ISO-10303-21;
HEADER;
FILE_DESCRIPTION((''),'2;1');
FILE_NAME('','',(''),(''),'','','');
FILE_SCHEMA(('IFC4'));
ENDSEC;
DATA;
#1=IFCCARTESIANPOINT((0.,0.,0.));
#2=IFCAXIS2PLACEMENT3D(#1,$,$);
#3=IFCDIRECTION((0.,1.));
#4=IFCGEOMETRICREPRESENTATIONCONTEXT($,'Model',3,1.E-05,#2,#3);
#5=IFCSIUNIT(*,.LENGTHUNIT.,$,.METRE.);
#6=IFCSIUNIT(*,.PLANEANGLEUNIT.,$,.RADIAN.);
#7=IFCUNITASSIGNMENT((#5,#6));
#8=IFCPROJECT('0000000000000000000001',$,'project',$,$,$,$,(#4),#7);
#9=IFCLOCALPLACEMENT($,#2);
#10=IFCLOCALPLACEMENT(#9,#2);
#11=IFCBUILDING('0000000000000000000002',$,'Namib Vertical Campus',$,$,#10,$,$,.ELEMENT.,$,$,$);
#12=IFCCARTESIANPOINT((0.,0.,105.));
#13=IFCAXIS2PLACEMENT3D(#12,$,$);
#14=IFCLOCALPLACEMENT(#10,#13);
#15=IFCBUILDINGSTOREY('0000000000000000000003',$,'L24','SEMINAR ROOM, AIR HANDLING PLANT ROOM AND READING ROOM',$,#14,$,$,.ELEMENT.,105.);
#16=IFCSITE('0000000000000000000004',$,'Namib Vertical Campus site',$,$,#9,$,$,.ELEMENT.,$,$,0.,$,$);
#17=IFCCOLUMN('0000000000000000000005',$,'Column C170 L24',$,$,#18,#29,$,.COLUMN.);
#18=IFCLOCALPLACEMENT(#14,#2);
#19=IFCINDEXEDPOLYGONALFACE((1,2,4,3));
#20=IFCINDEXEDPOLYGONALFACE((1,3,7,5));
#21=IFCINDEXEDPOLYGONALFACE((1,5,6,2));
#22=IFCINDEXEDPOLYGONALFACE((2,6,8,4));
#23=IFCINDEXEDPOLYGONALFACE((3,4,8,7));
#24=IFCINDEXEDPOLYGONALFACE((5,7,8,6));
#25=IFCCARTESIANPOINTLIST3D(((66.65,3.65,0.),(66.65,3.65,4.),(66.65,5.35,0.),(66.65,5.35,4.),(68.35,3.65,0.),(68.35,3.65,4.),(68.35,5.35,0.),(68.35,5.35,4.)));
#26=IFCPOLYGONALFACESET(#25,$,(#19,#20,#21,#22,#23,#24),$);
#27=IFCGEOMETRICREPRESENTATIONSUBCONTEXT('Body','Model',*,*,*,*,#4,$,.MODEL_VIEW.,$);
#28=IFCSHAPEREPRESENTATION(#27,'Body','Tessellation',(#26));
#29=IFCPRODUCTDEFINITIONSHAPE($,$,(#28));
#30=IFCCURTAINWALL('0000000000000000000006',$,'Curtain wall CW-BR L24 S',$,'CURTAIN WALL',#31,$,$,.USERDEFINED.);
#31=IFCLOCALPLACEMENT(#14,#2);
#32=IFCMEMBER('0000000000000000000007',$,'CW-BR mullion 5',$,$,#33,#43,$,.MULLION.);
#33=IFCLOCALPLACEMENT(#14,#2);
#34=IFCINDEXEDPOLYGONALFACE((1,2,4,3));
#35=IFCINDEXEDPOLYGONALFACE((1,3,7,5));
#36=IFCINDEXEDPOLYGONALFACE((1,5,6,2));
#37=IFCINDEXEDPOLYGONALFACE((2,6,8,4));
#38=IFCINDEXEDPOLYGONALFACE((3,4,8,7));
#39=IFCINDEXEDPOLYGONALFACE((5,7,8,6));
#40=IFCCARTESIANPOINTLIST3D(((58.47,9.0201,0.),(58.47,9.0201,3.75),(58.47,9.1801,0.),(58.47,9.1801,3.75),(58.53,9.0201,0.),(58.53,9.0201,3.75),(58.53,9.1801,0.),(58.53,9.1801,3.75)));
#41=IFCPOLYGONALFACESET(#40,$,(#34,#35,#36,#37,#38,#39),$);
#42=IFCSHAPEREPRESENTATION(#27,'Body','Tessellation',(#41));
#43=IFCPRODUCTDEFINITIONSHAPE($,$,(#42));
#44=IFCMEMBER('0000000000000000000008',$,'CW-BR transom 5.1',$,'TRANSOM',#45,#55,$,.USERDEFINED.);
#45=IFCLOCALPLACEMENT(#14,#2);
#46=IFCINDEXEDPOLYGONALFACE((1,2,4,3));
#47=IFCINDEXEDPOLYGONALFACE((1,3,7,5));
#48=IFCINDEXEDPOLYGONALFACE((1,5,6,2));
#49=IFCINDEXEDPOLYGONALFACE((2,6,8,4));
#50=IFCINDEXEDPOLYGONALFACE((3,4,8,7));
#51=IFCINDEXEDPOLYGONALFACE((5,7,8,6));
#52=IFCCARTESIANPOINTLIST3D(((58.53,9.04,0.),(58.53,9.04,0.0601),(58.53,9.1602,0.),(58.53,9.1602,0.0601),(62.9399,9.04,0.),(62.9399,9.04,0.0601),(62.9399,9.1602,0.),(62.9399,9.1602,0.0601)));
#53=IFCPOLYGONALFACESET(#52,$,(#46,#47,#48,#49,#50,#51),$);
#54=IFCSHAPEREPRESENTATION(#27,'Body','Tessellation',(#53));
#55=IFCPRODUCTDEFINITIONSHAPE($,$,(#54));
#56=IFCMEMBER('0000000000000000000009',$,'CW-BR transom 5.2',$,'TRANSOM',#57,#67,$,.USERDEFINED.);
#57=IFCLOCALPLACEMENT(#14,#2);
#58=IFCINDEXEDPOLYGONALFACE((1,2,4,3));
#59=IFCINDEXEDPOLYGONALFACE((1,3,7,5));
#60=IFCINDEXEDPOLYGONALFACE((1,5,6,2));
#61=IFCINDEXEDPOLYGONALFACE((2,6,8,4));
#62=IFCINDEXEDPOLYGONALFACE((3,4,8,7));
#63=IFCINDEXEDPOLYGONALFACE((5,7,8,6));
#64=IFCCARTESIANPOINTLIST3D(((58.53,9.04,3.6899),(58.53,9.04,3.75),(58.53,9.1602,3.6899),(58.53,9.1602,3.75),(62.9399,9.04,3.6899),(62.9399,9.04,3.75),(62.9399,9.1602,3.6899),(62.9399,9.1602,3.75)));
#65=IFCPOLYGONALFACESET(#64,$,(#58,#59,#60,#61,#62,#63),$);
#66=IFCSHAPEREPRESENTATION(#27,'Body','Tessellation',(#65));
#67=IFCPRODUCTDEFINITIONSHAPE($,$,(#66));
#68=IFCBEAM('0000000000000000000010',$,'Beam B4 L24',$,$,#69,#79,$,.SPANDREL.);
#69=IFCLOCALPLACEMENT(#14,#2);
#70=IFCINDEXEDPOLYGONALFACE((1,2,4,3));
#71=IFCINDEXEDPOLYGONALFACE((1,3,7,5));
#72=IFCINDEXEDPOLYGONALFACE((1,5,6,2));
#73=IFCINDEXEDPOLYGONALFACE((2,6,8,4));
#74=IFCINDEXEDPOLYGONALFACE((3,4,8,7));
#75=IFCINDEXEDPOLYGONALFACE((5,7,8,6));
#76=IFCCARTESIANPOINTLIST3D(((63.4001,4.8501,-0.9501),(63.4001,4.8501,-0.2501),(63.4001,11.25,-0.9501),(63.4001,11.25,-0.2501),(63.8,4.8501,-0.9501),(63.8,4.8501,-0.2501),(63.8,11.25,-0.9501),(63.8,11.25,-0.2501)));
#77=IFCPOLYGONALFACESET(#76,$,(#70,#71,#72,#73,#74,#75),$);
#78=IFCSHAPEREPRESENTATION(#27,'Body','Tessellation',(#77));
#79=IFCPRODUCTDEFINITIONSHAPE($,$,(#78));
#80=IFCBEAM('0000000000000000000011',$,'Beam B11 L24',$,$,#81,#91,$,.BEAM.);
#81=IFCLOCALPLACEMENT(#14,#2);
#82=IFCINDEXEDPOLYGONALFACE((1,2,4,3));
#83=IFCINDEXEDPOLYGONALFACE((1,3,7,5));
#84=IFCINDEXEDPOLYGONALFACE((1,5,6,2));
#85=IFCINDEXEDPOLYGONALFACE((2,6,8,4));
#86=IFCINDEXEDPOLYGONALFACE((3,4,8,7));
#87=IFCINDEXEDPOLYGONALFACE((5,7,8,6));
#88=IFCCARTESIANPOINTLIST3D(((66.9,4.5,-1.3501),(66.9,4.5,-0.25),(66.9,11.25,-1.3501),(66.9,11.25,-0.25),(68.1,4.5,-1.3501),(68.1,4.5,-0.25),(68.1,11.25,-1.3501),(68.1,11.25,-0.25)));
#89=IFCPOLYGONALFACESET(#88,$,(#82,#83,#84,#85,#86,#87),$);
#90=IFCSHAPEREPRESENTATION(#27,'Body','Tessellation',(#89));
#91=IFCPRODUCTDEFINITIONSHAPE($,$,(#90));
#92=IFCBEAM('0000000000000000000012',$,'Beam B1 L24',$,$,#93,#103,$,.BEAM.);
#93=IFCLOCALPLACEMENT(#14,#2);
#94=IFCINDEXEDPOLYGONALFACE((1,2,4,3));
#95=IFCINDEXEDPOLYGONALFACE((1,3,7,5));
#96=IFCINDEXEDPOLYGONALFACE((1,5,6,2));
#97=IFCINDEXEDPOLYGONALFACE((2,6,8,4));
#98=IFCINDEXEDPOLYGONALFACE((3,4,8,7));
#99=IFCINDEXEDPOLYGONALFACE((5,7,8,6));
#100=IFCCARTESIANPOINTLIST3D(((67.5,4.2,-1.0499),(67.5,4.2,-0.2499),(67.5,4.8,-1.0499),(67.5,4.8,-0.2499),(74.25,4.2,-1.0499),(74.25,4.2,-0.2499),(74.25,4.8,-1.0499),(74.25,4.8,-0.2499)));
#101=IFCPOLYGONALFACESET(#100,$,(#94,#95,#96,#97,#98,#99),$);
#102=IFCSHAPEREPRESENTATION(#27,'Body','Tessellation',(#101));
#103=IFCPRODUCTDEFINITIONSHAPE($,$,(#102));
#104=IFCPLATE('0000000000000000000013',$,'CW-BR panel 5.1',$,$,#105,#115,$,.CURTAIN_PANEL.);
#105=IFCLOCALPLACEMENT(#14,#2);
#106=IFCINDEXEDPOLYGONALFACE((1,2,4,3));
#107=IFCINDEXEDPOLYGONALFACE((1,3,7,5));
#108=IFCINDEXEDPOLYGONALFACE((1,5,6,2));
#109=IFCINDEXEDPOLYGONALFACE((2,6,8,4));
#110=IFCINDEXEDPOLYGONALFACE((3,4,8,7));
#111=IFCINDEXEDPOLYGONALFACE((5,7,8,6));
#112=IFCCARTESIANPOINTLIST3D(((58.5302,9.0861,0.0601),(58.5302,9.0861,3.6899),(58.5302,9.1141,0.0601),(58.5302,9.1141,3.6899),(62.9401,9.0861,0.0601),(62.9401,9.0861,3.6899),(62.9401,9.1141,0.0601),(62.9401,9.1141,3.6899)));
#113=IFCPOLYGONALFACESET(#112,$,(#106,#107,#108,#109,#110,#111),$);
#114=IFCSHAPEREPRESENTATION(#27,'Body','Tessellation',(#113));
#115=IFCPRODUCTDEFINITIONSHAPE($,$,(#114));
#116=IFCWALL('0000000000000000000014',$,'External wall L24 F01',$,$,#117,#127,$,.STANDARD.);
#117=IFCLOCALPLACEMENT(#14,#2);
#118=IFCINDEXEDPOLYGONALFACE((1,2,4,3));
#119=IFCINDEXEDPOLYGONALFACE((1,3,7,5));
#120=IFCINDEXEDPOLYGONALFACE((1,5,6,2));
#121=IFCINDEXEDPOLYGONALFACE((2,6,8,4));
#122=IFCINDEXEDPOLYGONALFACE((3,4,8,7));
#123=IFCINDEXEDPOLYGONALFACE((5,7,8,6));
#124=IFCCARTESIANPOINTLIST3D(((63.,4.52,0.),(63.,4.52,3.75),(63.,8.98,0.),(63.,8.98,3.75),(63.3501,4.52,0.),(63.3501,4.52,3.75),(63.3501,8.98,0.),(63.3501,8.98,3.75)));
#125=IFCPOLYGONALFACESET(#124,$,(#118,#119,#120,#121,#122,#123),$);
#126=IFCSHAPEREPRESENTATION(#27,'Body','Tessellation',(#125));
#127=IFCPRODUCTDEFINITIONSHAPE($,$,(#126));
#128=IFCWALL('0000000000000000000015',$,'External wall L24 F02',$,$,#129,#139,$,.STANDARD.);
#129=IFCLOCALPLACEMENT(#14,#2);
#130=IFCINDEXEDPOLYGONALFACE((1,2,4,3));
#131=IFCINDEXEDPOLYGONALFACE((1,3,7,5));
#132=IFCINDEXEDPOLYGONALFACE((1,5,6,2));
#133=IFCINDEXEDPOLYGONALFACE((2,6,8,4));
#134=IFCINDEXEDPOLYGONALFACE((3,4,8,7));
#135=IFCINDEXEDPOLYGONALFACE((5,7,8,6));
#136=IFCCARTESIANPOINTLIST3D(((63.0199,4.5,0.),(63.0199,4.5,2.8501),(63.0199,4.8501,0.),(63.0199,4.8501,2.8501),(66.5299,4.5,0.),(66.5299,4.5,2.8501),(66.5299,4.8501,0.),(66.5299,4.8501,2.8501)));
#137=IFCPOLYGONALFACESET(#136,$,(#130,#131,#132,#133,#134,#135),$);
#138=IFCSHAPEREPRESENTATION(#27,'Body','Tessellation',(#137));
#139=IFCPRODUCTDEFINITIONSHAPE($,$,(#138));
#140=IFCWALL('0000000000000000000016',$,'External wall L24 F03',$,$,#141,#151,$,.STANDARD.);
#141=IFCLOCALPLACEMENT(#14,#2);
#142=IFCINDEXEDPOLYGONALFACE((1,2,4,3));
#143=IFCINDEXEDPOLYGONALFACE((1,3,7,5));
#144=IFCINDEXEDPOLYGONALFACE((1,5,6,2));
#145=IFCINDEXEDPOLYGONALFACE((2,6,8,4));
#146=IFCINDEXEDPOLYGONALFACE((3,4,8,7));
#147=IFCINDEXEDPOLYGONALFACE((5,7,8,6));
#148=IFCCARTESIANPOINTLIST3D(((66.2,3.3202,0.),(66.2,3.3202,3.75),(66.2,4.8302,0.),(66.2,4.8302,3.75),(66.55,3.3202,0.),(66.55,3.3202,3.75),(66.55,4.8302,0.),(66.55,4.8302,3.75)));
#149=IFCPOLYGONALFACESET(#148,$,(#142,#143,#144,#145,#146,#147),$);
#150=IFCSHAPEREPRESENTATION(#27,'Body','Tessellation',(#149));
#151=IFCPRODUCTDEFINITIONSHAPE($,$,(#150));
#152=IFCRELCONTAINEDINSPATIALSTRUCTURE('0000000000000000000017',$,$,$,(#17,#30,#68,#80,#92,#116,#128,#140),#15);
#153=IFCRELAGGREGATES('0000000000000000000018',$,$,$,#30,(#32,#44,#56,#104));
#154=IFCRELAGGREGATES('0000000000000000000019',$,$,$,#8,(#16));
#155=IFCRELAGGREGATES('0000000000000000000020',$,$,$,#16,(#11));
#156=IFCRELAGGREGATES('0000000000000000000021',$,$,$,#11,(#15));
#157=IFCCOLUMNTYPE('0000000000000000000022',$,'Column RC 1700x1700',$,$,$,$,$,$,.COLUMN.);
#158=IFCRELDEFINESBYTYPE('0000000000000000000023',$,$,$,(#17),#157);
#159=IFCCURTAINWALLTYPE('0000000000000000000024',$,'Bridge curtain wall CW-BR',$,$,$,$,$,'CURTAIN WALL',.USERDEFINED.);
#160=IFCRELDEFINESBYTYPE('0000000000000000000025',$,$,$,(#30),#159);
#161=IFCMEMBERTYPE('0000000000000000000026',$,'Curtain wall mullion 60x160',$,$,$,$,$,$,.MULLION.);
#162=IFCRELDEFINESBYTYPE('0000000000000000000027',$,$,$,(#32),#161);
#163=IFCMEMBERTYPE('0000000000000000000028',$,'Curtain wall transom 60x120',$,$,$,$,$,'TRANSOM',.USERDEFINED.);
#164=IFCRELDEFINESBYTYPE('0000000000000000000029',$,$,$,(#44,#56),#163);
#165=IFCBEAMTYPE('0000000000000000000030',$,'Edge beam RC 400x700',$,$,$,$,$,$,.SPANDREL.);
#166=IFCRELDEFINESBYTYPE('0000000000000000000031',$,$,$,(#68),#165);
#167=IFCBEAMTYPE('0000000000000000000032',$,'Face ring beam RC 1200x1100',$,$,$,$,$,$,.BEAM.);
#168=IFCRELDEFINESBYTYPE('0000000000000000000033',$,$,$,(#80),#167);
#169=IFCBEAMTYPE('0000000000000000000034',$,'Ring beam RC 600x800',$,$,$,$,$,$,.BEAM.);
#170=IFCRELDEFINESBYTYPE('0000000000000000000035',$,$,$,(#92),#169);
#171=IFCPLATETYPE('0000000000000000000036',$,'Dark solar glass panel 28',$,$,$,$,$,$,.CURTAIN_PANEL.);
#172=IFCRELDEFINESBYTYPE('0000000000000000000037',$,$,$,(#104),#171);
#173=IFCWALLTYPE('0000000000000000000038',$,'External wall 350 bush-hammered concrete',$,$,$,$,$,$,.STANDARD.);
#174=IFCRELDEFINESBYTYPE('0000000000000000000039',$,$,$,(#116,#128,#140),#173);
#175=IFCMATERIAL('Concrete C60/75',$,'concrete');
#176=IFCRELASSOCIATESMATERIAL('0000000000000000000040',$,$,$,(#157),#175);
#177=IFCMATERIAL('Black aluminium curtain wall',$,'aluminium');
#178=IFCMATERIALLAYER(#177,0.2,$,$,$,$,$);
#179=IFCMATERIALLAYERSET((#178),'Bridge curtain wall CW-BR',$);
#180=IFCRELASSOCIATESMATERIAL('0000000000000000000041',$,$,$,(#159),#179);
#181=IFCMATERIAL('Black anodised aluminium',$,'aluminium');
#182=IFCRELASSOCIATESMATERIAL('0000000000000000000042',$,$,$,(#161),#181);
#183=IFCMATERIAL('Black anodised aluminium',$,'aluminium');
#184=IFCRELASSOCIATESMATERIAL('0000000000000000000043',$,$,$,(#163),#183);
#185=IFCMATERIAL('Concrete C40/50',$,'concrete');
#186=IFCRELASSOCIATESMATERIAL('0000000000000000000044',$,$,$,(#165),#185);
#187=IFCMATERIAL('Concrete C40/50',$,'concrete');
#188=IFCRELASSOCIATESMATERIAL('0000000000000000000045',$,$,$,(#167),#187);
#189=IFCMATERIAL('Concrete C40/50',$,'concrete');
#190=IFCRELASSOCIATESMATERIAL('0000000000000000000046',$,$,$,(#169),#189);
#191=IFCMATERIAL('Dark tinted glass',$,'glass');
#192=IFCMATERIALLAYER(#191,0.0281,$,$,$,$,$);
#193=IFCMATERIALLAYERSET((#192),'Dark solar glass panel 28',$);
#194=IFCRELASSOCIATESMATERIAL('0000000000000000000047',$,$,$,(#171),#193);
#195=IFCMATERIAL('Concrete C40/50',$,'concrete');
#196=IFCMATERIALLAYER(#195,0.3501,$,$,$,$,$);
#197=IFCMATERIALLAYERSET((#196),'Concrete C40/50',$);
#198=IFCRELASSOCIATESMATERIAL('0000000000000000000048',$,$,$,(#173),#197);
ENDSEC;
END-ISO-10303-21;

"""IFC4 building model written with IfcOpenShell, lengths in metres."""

from ifc_helpers import new_model, si_unit, direction, frame, frame_2d, origin, origin_2d, place, context, subcontext, project, spatial, rectangle, extrude, material, layer, layer_set, material_profile, profile_set, type_object, element, aggregate, save


model = new_model("IFC4")

# Units and contexts
model_context = context("Model", 3, precision=1e-05, world=origin(), true_north=direction((0.0, 1.0)))
body_context = subcontext(model_context, "Body", "Model", "MODEL_VIEW")
ifc_project = project(units=[si_unit("LENGTHUNIT", "METRE"), si_unit("PLANEANGLEUNIT", "RADIAN")], contexts=[model_context])

# Site, building, storey
site_placement = place(None, origin())
site = spatial("IfcSite", under=ifc_project, at=site_placement, Name="Namib Vertical Campus site", CompositionType="ELEMENT", RefElevation=0.0)
building_placement = place(site_placement, origin())
building = spatial("IfcBuilding", under=site, at=building_placement, Name="Namib Vertical Campus", CompositionType="ELEMENT")
storey_placement = place(building_placement, frame((0.0, 0.0, 105.0)))
storey = spatial("IfcBuildingStorey", under=building, at=storey_placement, Name="L24", Description="SEMINAR ROOM, AIR HANDLING PLANT ROOM AND READING ROOM", CompositionType="ELEMENT", Elevation=105.0)

# Column
ifc_material_1 = material(Name="Concrete C60/75", Category="concrete")
ifc_material_profile_1 = material_profile(ifc_material_1, rectangle(XDim=1.7, YDim=1.7, at=origin_2d()))
ifc_profile_set_1 = profile_set([ifc_material_profile_1], Name="Concrete C60/75")
column_type = type_object("IfcColumnType", Name="Column RC 1700x1700", PredefinedType="COLUMN", material=ifc_profile_set_1)
column_placement = place(storey_placement, frame((67.5, 4.5, 0.0), z_axis=(0.0, 0.0, 1.0), x_axis=(1.0, 0.0, 0.0)))
element("IfcColumn", 1, at=column_placement, inside=storey, type_object=column_type, Name="Column C170 L24", PredefinedType="COLUMN", context=body_context, shape_type="SweptSolid", body=[
    extrude(rectangle(XDim=1.7, YDim=1.7, at=origin_2d()), origin(), (0.0, 0.0, 1.0), 4.0),
])

# Curtain wall, members
ifc_material_2 = material(Name="Black aluminium curtain wall", Category="aluminium")
ifc_layer_1 = layer(ifc_material_2, 0.2)
ifc_layer_set_1 = layer_set([ifc_layer_1], Name="Bridge curtain wall CW-BR")
curtain_wall_type = type_object("IfcCurtainWallType", Name="Bridge curtain wall CW-BR", ElementType="CURTAIN WALL", PredefinedType="USERDEFINED", material=ifc_layer_set_1)
curtain_wall_placement = place(storey_placement, origin())
curtain_wall = element("IfcCurtainWall", 2, at=curtain_wall_placement, inside=storey, type_object=curtain_wall_type, Name="Curtain wall CW-BR L24 S", ObjectType="CURTAIN WALL", PredefinedType="USERDEFINED")
ifc_material_3 = material(Name="Black anodised aluminium", Category="aluminium")
ifc_material_profile_2 = material_profile(ifc_material_3, rectangle(XDim=0.0601, YDim=0.1599, at=origin_2d()))
ifc_profile_set_2 = profile_set([ifc_material_profile_2], Name="Black anodised aluminium")
member_type_1 = type_object("IfcMemberType", Name="Curtain wall mullion 60x160", PredefinedType="MULLION", material=ifc_profile_set_2)
member_1_placement = place(storey_placement, frame((58.5, 9.1001, 0.0), z_axis=(0.0, 0.0, 1.0), x_axis=(1.0, 0.0, 0.0)))
member_1 = element("IfcMember", 3, at=member_1_placement, type_object=member_type_1, Name="CW-BR mullion 5", PredefinedType="MULLION", context=body_context, shape_type="SweptSolid", body=[
    extrude(rectangle(XDim=0.0601, YDim=0.1599, at=origin_2d()), origin(), (0.0, 0.0, 1.0), 3.75),
])
ifc_material_4 = material(Name="Black anodised aluminium", Category="aluminium")
ifc_material_profile_3 = material_profile(ifc_material_4, rectangle(XDim=0.0601, YDim=0.1201, at=origin_2d()))
ifc_profile_set_3 = profile_set([ifc_material_profile_3], Name="Black anodised aluminium")
member_type_2 = type_object("IfcMemberType", Name="Curtain wall transom 60x120", ElementType="TRANSOM", PredefinedType="USERDEFINED", material=ifc_profile_set_3)
member_2_placement = place(storey_placement, frame((58.53, 9.1001, 0.03), z_axis=(1.0, 0.0, 0.0), x_axis=(0.0, 0.0, 1.0)))
member_2 = element("IfcMember", 4, at=member_2_placement, type_object=member_type_2, Name="CW-BR transom 5.1", ObjectType="TRANSOM", PredefinedType="USERDEFINED", context=body_context, shape_type="SweptSolid", body=[
    extrude(rectangle(XDim=0.0601, YDim=0.1201, at=origin_2d()), origin(), (0.0, 0.0, 1.0), 4.4099),
])
member_3_placement = place(storey_placement, frame((58.53, 9.1001, 3.72), z_axis=(1.0, 0.0, 0.0), x_axis=(0.0, 0.0, 1.0)))
member_3 = element("IfcMember", 5, at=member_3_placement, type_object=member_type_2, Name="CW-BR transom 5.2", ObjectType="TRANSOM", PredefinedType="USERDEFINED", context=body_context, shape_type="SweptSolid", body=[
    extrude(rectangle(XDim=0.0601, YDim=0.1201, at=origin_2d()), origin(), (0.0, 0.0, 1.0), 4.4099),
])

# Beams
ifc_material_5 = material(Name="Concrete C40/50", Category="concrete")
ifc_material_profile_4 = material_profile(ifc_material_5, rectangle(XDim=0.3999, YDim=0.7, at=origin_2d()))
ifc_profile_set_4 = profile_set([ifc_material_profile_4], Name="Concrete C40/50")
beam_type_1 = type_object("IfcBeamType", Name="Edge beam RC 400x700", PredefinedType="SPANDREL", material=ifc_profile_set_4)
beam_1_placement = place(storey_placement, frame((63.6001, 4.8501, -0.6001), z_axis=(0.0, 1.0, 0.0), x_axis=(-1.0, 0.0, 0.0)))
element("IfcBeam", 6, at=beam_1_placement, inside=storey, type_object=beam_type_1, Name="Beam B4 L24", PredefinedType="SPANDREL", context=body_context, shape_type="SweptSolid", body=[
    extrude(rectangle(XDim=0.3999, YDim=0.7, at=origin_2d()), origin(), (0.0, 0.0, 1.0), 6.3999),
])
ifc_material_6 = material(Name="Concrete C40/50", Category="concrete")
ifc_material_profile_5 = material_profile(ifc_material_6, rectangle(XDim=1.2, YDim=1.1001, at=origin_2d()))
ifc_profile_set_5 = profile_set([ifc_material_profile_5], Name="Concrete C40/50")
beam_type_2 = type_object("IfcBeamType", Name="Face ring beam RC 1200x1100", PredefinedType="BEAM", material=ifc_profile_set_5)
beam_2_placement = place(storey_placement, frame((67.5, 4.5, -0.8), z_axis=(0.0, 1.0, 0.0), x_axis=(-1.0, 0.0, 0.0)))
element("IfcBeam", 7, at=beam_2_placement, inside=storey, type_object=beam_type_2, Name="Beam B11 L24", PredefinedType="BEAM", context=body_context, shape_type="SweptSolid", body=[
    extrude(rectangle(XDim=1.2, YDim=1.1001, at=origin_2d()), origin(), (0.0, 0.0, 1.0), 6.75),
])
ifc_material_7 = material(Name="Concrete C40/50", Category="concrete")
ifc_material_profile_6 = material_profile(ifc_material_7, rectangle(XDim=0.6001, YDim=0.8, at=origin_2d()))
ifc_profile_set_6 = profile_set([ifc_material_profile_6], Name="Concrete C40/50")
beam_type_3 = type_object("IfcBeamType", Name="Ring beam RC 600x800", PredefinedType="BEAM", material=ifc_profile_set_6)
beam_3_placement = place(storey_placement, frame((67.5, 4.5, -0.6499), z_axis=(1.0, 0.0, 0.0), x_axis=(0.0, 1.0, 0.0)))
element("IfcBeam", 8, at=beam_3_placement, inside=storey, type_object=beam_type_3, Name="Beam B1 L24", PredefinedType="BEAM", context=body_context, shape_type="SweptSolid", body=[
    extrude(rectangle(XDim=0.6001, YDim=0.8, at=origin_2d()), origin(), (0.0, 0.0, 1.0), 6.75),
])

# Plate
ifc_material_8 = material(Name="Dark tinted glass", Category="glass")
ifc_layer_2 = layer(ifc_material_8, 0.0281)
ifc_layer_set_2 = layer_set([ifc_layer_2], Name="Dark solar glass panel 28")
plate_type = type_object("IfcPlateType", Name="Dark solar glass panel 28", PredefinedType="CURTAIN_PANEL", material=ifc_layer_set_2)
plate_placement = place(storey_placement, frame((60.7351, 9.1001, 0.0601), z_axis=(0.0, 0.0, 1.0), x_axis=(1.0, 0.0, 0.0)))
plate = element("IfcPlate", 9, at=plate_placement, type_object=plate_type, Name="CW-BR panel 5.1", PredefinedType="CURTAIN_PANEL", context=body_context, shape_type="SweptSolid", body=[
    extrude(rectangle(XDim=4.4099, YDim=0.0281, at=origin_2d()), origin(), (0.0, 0.0, 1.0), 3.6299),
])
aggregate(curtain_wall, [member_1, member_2, member_3, plate])

# Walls
ifc_material_9 = material(Name="Concrete C40/50", Category="concrete")
ifc_layer_3 = layer(ifc_material_9, 0.3501)
ifc_layer_set_3 = layer_set([ifc_layer_3], Name="Concrete C40/50")
wall_type = type_object("IfcWallType", Name="External wall 350 bush-hammered concrete", PredefinedType="STANDARD", material=ifc_layer_set_3)
wall_1_placement = place(storey_placement, frame((63.175, 8.98, 0.0), z_axis=(0.0, 0.0, 1.0), x_axis=(0.0, -1.0, 0.0)))
element("IfcWall", 10, at=wall_1_placement, inside=storey, type_object=wall_type, Name="External wall L24 F01", PredefinedType="STANDARD", context=body_context, shape_type="SweptSolid", body=[
    extrude(rectangle(XDim=4.46, YDim=0.3501, at=frame_2d((2.23, 0.0))), origin(), (0.0, 0.0, 1.0), 3.75),
])
wall_2_placement = place(storey_placement, frame((63.02, 4.675, 0.0), z_axis=(0.0, 0.0, 1.0), x_axis=(1.0, 0.0, 0.0)))
element("IfcWall", 11, at=wall_2_placement, inside=storey, type_object=wall_type, Name="External wall L24 F02", PredefinedType="STANDARD", context=body_context, shape_type="SweptSolid", body=[
    extrude(rectangle(XDim=3.51, YDim=0.3501, at=frame_2d((1.7549, 0.0))), origin(), (0.0, 0.0, 1.0), 2.8501),
])
wall_3_placement = place(storey_placement, frame((66.375, 4.8301, 0.0), z_axis=(0.0, 0.0, 1.0), x_axis=(0.0, -1.0, 0.0)))
element("IfcWall", 12, at=wall_3_placement, inside=storey, type_object=wall_type, Name="External wall L24 F03", PredefinedType="STANDARD", context=body_context, shape_type="SweptSolid", body=[
    extrude(rectangle(XDim=1.51, YDim=0.3501, at=frame_2d((0.7549, 0.0))), origin(), (0.0, 0.0, 1.0), 3.75),
])

save(model, "model.ifc")
